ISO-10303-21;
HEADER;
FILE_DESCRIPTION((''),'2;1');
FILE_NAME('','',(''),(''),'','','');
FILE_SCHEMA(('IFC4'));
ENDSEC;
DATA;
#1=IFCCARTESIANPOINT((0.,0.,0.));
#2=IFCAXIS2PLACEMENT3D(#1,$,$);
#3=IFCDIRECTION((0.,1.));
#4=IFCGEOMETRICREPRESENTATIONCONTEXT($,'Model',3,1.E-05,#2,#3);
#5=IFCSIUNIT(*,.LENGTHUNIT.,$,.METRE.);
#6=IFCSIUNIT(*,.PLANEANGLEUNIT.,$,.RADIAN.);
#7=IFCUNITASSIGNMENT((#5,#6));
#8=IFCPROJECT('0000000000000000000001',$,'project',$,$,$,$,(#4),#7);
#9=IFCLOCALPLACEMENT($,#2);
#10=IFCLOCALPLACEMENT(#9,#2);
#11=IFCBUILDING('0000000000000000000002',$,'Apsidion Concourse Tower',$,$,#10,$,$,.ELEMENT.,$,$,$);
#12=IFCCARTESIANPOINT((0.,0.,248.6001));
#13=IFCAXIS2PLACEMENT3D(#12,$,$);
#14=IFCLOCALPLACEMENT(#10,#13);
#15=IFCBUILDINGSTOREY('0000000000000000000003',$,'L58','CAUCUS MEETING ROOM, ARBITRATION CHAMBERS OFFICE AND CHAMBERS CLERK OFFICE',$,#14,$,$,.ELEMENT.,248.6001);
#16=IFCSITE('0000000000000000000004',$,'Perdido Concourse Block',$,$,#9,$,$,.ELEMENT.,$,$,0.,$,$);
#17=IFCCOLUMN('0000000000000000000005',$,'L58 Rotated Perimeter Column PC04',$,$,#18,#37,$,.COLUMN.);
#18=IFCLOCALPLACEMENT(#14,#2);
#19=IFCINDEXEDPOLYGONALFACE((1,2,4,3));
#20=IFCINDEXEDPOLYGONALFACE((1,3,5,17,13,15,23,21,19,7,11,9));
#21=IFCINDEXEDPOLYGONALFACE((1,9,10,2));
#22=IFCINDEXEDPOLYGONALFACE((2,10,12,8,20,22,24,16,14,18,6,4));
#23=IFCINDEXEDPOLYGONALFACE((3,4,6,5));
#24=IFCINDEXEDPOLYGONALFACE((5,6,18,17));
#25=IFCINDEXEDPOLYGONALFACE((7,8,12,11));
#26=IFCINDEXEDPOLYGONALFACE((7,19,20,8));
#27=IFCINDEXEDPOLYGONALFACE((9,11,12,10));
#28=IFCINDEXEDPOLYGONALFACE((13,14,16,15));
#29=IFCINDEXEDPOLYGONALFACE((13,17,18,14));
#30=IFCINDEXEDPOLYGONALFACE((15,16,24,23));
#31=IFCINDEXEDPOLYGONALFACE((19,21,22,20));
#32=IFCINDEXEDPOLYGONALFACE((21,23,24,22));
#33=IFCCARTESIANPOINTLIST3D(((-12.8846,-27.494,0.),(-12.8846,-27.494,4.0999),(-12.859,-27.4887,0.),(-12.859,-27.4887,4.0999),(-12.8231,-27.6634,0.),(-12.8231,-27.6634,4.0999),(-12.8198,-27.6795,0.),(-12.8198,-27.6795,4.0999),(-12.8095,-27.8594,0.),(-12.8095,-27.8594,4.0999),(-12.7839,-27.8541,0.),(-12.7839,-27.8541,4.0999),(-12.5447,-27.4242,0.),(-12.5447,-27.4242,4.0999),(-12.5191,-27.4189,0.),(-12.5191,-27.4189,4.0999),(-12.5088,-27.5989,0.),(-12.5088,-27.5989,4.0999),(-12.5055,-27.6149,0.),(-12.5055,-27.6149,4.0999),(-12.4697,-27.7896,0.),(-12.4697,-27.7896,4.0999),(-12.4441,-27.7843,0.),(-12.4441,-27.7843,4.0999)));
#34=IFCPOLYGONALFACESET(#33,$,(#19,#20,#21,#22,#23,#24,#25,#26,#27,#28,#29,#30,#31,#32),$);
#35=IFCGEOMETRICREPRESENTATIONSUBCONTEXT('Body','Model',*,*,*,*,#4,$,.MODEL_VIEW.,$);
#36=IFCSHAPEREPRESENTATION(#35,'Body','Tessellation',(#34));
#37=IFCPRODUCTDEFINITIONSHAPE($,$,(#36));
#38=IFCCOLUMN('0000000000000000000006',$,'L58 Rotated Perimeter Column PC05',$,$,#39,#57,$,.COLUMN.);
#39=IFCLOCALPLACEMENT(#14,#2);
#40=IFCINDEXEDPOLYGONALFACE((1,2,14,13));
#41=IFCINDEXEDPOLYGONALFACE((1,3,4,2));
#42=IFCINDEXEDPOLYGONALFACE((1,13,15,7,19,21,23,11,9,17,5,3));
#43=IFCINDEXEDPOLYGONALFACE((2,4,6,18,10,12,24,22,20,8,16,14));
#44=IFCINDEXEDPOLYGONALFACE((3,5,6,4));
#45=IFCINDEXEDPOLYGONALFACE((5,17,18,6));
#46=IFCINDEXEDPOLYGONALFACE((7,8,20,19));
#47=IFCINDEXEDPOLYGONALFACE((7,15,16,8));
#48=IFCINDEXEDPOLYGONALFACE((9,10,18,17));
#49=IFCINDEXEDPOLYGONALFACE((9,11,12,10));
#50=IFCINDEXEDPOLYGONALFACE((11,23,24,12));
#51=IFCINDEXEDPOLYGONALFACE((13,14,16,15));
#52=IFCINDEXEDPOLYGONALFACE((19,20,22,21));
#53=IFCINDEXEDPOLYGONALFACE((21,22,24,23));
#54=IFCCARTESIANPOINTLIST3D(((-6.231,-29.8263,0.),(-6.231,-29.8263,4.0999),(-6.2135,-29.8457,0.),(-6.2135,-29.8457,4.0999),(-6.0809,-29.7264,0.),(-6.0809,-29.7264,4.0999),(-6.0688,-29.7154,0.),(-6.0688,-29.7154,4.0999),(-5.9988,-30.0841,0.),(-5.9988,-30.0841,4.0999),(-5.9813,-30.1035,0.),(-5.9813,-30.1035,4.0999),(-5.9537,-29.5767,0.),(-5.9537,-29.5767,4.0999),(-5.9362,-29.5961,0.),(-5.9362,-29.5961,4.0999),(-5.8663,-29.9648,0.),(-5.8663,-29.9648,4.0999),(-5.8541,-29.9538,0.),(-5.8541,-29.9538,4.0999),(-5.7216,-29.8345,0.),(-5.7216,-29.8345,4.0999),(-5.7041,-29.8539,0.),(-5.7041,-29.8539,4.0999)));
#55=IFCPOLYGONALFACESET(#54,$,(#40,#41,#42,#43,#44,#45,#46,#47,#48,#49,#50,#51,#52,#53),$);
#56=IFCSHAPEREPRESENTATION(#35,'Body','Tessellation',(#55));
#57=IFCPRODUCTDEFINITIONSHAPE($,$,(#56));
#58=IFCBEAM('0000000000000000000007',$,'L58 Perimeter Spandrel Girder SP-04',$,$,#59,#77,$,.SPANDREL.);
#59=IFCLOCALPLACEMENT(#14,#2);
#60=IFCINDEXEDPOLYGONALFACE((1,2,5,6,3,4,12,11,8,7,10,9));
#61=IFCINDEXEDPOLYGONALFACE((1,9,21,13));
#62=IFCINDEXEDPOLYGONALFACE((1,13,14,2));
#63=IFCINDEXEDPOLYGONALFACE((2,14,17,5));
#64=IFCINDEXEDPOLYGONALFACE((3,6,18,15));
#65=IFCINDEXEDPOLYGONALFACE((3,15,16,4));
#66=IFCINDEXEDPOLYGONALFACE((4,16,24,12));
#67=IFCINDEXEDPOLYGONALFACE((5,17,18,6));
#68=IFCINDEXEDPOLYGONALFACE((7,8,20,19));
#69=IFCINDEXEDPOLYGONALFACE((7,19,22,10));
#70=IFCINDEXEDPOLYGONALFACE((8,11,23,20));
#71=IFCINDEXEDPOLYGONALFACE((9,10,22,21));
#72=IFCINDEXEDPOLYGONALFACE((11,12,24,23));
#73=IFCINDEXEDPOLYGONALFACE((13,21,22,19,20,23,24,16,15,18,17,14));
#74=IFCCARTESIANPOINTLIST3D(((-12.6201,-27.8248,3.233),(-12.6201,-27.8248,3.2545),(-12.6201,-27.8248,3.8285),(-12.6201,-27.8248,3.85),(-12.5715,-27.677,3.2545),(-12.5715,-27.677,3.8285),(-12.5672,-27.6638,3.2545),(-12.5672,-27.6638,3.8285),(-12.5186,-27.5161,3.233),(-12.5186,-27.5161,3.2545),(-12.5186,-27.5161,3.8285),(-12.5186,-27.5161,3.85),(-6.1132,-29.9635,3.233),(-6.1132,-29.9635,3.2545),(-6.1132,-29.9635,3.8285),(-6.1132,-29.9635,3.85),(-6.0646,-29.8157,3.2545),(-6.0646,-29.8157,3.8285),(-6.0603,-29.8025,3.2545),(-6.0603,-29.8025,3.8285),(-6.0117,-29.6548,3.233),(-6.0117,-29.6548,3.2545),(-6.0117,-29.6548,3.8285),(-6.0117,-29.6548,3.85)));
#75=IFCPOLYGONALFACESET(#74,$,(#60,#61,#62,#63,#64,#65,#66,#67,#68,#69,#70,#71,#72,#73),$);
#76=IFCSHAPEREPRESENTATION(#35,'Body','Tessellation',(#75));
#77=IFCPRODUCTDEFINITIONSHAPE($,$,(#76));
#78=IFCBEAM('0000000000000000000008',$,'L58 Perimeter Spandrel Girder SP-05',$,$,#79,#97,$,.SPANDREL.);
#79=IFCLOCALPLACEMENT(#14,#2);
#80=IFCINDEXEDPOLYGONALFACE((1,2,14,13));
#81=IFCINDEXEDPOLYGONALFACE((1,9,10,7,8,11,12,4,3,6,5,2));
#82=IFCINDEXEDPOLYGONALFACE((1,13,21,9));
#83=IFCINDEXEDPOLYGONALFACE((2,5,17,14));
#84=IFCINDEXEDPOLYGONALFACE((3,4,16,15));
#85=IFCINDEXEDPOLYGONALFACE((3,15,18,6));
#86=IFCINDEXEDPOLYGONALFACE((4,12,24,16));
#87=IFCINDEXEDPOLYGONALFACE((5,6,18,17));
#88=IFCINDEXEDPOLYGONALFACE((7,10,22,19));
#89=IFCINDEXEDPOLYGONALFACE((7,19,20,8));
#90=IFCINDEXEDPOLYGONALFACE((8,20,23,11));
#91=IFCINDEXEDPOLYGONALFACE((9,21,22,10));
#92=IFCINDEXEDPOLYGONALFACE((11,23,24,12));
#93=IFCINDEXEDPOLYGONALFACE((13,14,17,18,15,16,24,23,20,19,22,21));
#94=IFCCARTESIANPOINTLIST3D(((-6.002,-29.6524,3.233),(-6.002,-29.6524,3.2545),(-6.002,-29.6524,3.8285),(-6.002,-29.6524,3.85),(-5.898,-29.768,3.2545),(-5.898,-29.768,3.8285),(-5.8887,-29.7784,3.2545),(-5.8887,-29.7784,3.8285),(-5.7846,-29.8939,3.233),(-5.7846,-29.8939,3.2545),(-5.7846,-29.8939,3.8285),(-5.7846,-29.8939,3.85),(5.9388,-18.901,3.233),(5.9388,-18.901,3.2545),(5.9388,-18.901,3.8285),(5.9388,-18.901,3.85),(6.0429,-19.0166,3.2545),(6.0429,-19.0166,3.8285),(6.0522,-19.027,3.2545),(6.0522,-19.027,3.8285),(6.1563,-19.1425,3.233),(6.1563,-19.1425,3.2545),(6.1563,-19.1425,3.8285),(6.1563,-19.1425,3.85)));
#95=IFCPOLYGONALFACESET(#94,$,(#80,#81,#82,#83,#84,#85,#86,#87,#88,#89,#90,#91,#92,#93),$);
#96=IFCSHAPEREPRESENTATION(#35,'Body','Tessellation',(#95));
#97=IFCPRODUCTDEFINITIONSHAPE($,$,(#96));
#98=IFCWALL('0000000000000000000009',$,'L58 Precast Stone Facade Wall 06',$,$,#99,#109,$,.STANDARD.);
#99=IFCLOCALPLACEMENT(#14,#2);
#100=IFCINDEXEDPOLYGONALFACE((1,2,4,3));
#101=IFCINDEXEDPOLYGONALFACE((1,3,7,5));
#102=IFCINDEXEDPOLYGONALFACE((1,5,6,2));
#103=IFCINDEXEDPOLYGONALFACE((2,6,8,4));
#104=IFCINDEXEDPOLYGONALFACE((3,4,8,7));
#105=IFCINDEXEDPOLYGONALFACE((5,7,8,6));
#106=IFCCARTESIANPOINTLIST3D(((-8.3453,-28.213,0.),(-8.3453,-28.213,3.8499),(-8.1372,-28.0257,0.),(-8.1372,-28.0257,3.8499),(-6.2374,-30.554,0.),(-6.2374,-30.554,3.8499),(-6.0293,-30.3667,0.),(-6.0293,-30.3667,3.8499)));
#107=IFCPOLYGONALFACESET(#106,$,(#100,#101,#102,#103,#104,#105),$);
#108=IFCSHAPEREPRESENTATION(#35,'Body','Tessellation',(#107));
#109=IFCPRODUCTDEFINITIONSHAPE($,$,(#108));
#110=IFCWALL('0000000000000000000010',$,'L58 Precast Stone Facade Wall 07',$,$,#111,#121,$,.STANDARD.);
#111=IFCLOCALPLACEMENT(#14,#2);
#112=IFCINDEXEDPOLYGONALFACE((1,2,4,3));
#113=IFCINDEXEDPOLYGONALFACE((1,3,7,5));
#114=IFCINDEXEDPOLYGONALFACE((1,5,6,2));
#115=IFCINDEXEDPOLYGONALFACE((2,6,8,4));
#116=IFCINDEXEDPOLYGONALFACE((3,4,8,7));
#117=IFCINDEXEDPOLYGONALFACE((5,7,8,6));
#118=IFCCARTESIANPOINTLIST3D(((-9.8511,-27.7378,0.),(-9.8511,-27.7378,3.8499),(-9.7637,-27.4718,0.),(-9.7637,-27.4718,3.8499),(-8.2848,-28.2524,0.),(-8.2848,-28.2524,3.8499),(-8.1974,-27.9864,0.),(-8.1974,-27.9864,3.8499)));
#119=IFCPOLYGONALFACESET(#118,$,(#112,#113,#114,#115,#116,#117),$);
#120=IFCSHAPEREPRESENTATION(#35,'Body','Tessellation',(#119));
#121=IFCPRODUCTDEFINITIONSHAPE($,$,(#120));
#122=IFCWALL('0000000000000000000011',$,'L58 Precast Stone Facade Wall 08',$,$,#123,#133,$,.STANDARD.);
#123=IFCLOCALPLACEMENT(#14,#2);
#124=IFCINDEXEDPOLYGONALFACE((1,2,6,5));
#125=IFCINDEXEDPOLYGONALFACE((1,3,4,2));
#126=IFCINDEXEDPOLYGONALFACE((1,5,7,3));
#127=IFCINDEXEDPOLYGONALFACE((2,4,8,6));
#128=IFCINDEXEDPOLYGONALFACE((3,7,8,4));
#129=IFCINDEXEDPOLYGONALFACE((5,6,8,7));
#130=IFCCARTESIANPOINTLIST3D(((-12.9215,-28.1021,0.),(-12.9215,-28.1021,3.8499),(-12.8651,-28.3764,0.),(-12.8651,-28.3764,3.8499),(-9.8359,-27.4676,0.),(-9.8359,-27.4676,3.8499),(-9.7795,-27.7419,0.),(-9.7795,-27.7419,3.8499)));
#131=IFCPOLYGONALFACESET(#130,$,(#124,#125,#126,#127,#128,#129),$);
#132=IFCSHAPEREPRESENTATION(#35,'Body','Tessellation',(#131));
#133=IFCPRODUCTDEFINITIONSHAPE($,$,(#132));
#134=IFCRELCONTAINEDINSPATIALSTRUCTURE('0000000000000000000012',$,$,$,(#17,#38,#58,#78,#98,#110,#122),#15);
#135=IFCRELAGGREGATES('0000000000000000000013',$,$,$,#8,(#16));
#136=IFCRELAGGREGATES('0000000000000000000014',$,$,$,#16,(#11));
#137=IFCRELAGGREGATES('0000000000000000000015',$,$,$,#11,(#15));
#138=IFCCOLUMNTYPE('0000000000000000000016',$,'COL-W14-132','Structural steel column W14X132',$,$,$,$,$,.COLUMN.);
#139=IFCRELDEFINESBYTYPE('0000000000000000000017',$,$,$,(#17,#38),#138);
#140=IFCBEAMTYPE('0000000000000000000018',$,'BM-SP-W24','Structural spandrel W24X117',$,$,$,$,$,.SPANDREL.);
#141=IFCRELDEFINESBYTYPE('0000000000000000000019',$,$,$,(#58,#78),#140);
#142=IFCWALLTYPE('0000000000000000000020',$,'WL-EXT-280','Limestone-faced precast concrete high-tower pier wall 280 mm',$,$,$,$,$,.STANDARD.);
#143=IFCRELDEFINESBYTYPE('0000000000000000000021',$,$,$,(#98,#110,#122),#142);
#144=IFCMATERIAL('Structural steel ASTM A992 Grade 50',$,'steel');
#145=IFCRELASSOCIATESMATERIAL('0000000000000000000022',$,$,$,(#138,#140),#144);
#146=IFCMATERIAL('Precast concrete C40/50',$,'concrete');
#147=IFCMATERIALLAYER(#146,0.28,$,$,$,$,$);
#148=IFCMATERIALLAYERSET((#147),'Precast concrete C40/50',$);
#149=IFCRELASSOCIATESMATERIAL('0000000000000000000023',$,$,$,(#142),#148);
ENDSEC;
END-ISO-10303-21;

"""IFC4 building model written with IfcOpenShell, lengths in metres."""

from ifc_helpers import new_model, si_unit, direction, frame, frame_2d, origin, origin_2d, place, context, subcontext, project, spatial, rectangle, i_section, extrude, material, layer, layer_set, material_profile, profile_set, type_object, element, save


model = new_model("IFC4")

# Units and contexts
model_context = context("Model", 3, precision=1e-05, world=origin(), true_north=direction((0.0, 1.0)))
body_context = subcontext(model_context, "Body", "Model", "MODEL_VIEW")
ifc_project = project(units=[si_unit("LENGTHUNIT", "METRE"), si_unit("PLANEANGLEUNIT", "RADIAN")], contexts=[model_context])

# Site, building, storey
site_placement = place(None, origin())
site = spatial("IfcSite", under=ifc_project, at=site_placement, Name="Perdido Concourse Block", CompositionType="ELEMENT", RefElevation=0.0)
building_placement = place(site_placement, origin())
building = spatial("IfcBuilding", under=site, at=building_placement, Name="Apsidion Concourse Tower", CompositionType="ELEMENT")
storey_placement = place(building_placement, frame((0.0, 0.0, 248.6001)))
storey = spatial("IfcBuildingStorey", under=building, at=storey_placement, Name="L58", Description="CAUCUS MEETING ROOM, ARBITRATION CHAMBERS OFFICE AND CHAMBERS CLERK OFFICE", CompositionType="ELEMENT", Elevation=248.6001)

# Columns
ifc_material_1 = material(Name="Structural steel ASTM A992 Grade 50", Category="steel")
ifc_material_profile_1 = material_profile(ifc_material_1, i_section(OverallWidth=0.373, OverallDepth=0.373, WebThickness=0.0164, FlangeThickness=0.0261, at=origin_2d()), Name="W14X132")
ifc_profile_set_1 = profile_set([ifc_material_profile_1], Name="Structural steel ASTM A992 Grade 50")
column_type = type_object("IfcColumnType", Name="COL-W14-132", Description="Structural steel column W14X132", PredefinedType="COLUMN", material=ifc_profile_set_1)
for number, where, z_axis, x_axis, name in (
    (1, (-12.6643, -27.6392, 0.0), (0.0, 0.0, 1.0), (-0.201249, 0.97954, 0.0), "L58 Rotated Perimeter Column PC04"),
    (2, (-5.9675, -29.8401, 0.0), (0.0, 0.0, 1.0), (0.743145, 0.669131, 0.0), "L58 Rotated Perimeter Column PC05"),
):
    element("IfcColumn", number, at=place(storey_placement, frame(where, z_axis=z_axis, x_axis=x_axis)), inside=storey, type_object=column_type, Name=name, PredefinedType="COLUMN", context=body_context, shape_type="SweptSolid", body=[
        extrude(i_section(OverallWidth=0.373, OverallDepth=0.373, WebThickness=0.0164, FlangeThickness=0.0261, at=origin_2d()), origin(), (0.0, 0.0, 1.0), 4.0999),
    ])

# Beams
ifc_material_profile_2 = material_profile(ifc_material_1, i_section(OverallWidth=0.325, OverallDepth=0.6169, WebThickness=0.0139, FlangeThickness=0.0215, at=origin_2d()), Name="W24X117")
ifc_profile_set_2 = profile_set([ifc_material_profile_2], Name="Structural steel ASTM A992 Grade 50")
beam_type = type_object("IfcBeamType", Name="BM-SP-W24", Description="Structural spandrel W24X117", PredefinedType="SPANDREL", material=ifc_profile_set_2)
beam_1_placement = place(storey_placement, frame((-12.5693, -27.6704, 3.5415), z_axis=(0.950001, -0.312247, 0.0), x_axis=(0.312247, 0.950001, 0.0)))
element("IfcBeam", 3, at=beam_1_placement, inside=storey, type_object=beam_type, Name="L58 Perimeter Spandrel Girder SP-04", PredefinedType="SPANDREL", context=body_context, shape_type="SweptSolid", body=[
    extrude(i_section(OverallWidth=0.325, OverallDepth=0.6169, WebThickness=0.0139, FlangeThickness=0.0215, at=origin_2d()), origin(), (0.0, 0.0, 1.0), 6.8494),
])
beam_2_placement = place(storey_placement, frame((-5.8933, -29.7732, 3.5415), z_axis=(0.743151, 0.669124, 0.0), x_axis=(-0.669124, 0.743151, 0.0)))
element("IfcBeam", 4, at=beam_2_placement, inside=storey, type_object=beam_type, Name="L58 Perimeter Spandrel Girder SP-05", PredefinedType="SPANDREL", context=body_context, shape_type="SweptSolid", body=[
    extrude(i_section(OverallWidth=0.325, OverallDepth=0.6169, WebThickness=0.0139, FlangeThickness=0.0215, at=origin_2d()), origin(), (0.0, 0.0, 1.0), 16.0679),
])

# Walls
ifc_material_2 = material(Name="Precast concrete C40/50", Category="concrete")
ifc_layer_1 = layer(ifc_material_2, 0.28)
ifc_layer_set_1 = layer_set([ifc_layer_1], Name="Precast concrete C40/50")
wall_type_1 = type_object("IfcWallType", Name="WL-EXT-280", Description="Limestone-faced precast concrete high-tower pier wall 280 mm", PredefinedType="STANDARD", material=ifc_layer_set_1)
wall_1_placement = place(storey_placement, frame((-6.1333, -30.4604, 0.0), z_axis=(0.0, 0.0, 1.0), x_axis=(-0.669132, 0.743144, 0.0)))
element("IfcWall", 5, at=wall_1_placement, inside=storey, type_object=wall_type_1, Name="L58 Precast Stone Facade Wall 06", PredefinedType="STANDARD", context=body_context, shape_type="SweptSolid", body=[
    extrude(rectangle(XDim=3.1501, YDim=0.28, at=frame_2d((1.5752, 0.0))), origin(), (0.0, 0.0, 1.0), 3.8499),
])
wall_2_placement = place(storey_placement, frame((-8.2412, -28.1194, 0.0), z_axis=(0.0, 0.0, 1.0), x_axis=(-0.950037, 0.312138, 0.0)))
element("IfcWall", 6, at=wall_2_placement, inside=storey, type_object=wall_type_1, Name="L58 Precast Stone Facade Wall 07", PredefinedType="STANDARD", context=body_context, shape_type="SweptSolid", body=[
    extrude(rectangle(XDim=1.6487, YDim=0.28, at=frame_2d((0.8242, 0.0))), origin(), (0.0, 0.0, 1.0), 3.8499),
])
wall_3_placement = place(storey_placement, frame((-9.8076, -27.6047, 0.0), z_axis=(0.0, 0.0, 1.0), x_axis=(-0.979505, -0.201419, 0.0)))
element("IfcWall", 7, at=wall_3_placement, inside=storey, type_object=wall_type_1, Name="L58 Precast Stone Facade Wall 08", PredefinedType="STANDARD", context=body_context, shape_type="SweptSolid", body=[
    extrude(rectangle(XDim=3.1501, YDim=0.28, at=frame_2d((1.5752, 0.0))), origin(), (0.0, 0.0, 1.0), 3.8499),
])

save(model, "model.ifc")
